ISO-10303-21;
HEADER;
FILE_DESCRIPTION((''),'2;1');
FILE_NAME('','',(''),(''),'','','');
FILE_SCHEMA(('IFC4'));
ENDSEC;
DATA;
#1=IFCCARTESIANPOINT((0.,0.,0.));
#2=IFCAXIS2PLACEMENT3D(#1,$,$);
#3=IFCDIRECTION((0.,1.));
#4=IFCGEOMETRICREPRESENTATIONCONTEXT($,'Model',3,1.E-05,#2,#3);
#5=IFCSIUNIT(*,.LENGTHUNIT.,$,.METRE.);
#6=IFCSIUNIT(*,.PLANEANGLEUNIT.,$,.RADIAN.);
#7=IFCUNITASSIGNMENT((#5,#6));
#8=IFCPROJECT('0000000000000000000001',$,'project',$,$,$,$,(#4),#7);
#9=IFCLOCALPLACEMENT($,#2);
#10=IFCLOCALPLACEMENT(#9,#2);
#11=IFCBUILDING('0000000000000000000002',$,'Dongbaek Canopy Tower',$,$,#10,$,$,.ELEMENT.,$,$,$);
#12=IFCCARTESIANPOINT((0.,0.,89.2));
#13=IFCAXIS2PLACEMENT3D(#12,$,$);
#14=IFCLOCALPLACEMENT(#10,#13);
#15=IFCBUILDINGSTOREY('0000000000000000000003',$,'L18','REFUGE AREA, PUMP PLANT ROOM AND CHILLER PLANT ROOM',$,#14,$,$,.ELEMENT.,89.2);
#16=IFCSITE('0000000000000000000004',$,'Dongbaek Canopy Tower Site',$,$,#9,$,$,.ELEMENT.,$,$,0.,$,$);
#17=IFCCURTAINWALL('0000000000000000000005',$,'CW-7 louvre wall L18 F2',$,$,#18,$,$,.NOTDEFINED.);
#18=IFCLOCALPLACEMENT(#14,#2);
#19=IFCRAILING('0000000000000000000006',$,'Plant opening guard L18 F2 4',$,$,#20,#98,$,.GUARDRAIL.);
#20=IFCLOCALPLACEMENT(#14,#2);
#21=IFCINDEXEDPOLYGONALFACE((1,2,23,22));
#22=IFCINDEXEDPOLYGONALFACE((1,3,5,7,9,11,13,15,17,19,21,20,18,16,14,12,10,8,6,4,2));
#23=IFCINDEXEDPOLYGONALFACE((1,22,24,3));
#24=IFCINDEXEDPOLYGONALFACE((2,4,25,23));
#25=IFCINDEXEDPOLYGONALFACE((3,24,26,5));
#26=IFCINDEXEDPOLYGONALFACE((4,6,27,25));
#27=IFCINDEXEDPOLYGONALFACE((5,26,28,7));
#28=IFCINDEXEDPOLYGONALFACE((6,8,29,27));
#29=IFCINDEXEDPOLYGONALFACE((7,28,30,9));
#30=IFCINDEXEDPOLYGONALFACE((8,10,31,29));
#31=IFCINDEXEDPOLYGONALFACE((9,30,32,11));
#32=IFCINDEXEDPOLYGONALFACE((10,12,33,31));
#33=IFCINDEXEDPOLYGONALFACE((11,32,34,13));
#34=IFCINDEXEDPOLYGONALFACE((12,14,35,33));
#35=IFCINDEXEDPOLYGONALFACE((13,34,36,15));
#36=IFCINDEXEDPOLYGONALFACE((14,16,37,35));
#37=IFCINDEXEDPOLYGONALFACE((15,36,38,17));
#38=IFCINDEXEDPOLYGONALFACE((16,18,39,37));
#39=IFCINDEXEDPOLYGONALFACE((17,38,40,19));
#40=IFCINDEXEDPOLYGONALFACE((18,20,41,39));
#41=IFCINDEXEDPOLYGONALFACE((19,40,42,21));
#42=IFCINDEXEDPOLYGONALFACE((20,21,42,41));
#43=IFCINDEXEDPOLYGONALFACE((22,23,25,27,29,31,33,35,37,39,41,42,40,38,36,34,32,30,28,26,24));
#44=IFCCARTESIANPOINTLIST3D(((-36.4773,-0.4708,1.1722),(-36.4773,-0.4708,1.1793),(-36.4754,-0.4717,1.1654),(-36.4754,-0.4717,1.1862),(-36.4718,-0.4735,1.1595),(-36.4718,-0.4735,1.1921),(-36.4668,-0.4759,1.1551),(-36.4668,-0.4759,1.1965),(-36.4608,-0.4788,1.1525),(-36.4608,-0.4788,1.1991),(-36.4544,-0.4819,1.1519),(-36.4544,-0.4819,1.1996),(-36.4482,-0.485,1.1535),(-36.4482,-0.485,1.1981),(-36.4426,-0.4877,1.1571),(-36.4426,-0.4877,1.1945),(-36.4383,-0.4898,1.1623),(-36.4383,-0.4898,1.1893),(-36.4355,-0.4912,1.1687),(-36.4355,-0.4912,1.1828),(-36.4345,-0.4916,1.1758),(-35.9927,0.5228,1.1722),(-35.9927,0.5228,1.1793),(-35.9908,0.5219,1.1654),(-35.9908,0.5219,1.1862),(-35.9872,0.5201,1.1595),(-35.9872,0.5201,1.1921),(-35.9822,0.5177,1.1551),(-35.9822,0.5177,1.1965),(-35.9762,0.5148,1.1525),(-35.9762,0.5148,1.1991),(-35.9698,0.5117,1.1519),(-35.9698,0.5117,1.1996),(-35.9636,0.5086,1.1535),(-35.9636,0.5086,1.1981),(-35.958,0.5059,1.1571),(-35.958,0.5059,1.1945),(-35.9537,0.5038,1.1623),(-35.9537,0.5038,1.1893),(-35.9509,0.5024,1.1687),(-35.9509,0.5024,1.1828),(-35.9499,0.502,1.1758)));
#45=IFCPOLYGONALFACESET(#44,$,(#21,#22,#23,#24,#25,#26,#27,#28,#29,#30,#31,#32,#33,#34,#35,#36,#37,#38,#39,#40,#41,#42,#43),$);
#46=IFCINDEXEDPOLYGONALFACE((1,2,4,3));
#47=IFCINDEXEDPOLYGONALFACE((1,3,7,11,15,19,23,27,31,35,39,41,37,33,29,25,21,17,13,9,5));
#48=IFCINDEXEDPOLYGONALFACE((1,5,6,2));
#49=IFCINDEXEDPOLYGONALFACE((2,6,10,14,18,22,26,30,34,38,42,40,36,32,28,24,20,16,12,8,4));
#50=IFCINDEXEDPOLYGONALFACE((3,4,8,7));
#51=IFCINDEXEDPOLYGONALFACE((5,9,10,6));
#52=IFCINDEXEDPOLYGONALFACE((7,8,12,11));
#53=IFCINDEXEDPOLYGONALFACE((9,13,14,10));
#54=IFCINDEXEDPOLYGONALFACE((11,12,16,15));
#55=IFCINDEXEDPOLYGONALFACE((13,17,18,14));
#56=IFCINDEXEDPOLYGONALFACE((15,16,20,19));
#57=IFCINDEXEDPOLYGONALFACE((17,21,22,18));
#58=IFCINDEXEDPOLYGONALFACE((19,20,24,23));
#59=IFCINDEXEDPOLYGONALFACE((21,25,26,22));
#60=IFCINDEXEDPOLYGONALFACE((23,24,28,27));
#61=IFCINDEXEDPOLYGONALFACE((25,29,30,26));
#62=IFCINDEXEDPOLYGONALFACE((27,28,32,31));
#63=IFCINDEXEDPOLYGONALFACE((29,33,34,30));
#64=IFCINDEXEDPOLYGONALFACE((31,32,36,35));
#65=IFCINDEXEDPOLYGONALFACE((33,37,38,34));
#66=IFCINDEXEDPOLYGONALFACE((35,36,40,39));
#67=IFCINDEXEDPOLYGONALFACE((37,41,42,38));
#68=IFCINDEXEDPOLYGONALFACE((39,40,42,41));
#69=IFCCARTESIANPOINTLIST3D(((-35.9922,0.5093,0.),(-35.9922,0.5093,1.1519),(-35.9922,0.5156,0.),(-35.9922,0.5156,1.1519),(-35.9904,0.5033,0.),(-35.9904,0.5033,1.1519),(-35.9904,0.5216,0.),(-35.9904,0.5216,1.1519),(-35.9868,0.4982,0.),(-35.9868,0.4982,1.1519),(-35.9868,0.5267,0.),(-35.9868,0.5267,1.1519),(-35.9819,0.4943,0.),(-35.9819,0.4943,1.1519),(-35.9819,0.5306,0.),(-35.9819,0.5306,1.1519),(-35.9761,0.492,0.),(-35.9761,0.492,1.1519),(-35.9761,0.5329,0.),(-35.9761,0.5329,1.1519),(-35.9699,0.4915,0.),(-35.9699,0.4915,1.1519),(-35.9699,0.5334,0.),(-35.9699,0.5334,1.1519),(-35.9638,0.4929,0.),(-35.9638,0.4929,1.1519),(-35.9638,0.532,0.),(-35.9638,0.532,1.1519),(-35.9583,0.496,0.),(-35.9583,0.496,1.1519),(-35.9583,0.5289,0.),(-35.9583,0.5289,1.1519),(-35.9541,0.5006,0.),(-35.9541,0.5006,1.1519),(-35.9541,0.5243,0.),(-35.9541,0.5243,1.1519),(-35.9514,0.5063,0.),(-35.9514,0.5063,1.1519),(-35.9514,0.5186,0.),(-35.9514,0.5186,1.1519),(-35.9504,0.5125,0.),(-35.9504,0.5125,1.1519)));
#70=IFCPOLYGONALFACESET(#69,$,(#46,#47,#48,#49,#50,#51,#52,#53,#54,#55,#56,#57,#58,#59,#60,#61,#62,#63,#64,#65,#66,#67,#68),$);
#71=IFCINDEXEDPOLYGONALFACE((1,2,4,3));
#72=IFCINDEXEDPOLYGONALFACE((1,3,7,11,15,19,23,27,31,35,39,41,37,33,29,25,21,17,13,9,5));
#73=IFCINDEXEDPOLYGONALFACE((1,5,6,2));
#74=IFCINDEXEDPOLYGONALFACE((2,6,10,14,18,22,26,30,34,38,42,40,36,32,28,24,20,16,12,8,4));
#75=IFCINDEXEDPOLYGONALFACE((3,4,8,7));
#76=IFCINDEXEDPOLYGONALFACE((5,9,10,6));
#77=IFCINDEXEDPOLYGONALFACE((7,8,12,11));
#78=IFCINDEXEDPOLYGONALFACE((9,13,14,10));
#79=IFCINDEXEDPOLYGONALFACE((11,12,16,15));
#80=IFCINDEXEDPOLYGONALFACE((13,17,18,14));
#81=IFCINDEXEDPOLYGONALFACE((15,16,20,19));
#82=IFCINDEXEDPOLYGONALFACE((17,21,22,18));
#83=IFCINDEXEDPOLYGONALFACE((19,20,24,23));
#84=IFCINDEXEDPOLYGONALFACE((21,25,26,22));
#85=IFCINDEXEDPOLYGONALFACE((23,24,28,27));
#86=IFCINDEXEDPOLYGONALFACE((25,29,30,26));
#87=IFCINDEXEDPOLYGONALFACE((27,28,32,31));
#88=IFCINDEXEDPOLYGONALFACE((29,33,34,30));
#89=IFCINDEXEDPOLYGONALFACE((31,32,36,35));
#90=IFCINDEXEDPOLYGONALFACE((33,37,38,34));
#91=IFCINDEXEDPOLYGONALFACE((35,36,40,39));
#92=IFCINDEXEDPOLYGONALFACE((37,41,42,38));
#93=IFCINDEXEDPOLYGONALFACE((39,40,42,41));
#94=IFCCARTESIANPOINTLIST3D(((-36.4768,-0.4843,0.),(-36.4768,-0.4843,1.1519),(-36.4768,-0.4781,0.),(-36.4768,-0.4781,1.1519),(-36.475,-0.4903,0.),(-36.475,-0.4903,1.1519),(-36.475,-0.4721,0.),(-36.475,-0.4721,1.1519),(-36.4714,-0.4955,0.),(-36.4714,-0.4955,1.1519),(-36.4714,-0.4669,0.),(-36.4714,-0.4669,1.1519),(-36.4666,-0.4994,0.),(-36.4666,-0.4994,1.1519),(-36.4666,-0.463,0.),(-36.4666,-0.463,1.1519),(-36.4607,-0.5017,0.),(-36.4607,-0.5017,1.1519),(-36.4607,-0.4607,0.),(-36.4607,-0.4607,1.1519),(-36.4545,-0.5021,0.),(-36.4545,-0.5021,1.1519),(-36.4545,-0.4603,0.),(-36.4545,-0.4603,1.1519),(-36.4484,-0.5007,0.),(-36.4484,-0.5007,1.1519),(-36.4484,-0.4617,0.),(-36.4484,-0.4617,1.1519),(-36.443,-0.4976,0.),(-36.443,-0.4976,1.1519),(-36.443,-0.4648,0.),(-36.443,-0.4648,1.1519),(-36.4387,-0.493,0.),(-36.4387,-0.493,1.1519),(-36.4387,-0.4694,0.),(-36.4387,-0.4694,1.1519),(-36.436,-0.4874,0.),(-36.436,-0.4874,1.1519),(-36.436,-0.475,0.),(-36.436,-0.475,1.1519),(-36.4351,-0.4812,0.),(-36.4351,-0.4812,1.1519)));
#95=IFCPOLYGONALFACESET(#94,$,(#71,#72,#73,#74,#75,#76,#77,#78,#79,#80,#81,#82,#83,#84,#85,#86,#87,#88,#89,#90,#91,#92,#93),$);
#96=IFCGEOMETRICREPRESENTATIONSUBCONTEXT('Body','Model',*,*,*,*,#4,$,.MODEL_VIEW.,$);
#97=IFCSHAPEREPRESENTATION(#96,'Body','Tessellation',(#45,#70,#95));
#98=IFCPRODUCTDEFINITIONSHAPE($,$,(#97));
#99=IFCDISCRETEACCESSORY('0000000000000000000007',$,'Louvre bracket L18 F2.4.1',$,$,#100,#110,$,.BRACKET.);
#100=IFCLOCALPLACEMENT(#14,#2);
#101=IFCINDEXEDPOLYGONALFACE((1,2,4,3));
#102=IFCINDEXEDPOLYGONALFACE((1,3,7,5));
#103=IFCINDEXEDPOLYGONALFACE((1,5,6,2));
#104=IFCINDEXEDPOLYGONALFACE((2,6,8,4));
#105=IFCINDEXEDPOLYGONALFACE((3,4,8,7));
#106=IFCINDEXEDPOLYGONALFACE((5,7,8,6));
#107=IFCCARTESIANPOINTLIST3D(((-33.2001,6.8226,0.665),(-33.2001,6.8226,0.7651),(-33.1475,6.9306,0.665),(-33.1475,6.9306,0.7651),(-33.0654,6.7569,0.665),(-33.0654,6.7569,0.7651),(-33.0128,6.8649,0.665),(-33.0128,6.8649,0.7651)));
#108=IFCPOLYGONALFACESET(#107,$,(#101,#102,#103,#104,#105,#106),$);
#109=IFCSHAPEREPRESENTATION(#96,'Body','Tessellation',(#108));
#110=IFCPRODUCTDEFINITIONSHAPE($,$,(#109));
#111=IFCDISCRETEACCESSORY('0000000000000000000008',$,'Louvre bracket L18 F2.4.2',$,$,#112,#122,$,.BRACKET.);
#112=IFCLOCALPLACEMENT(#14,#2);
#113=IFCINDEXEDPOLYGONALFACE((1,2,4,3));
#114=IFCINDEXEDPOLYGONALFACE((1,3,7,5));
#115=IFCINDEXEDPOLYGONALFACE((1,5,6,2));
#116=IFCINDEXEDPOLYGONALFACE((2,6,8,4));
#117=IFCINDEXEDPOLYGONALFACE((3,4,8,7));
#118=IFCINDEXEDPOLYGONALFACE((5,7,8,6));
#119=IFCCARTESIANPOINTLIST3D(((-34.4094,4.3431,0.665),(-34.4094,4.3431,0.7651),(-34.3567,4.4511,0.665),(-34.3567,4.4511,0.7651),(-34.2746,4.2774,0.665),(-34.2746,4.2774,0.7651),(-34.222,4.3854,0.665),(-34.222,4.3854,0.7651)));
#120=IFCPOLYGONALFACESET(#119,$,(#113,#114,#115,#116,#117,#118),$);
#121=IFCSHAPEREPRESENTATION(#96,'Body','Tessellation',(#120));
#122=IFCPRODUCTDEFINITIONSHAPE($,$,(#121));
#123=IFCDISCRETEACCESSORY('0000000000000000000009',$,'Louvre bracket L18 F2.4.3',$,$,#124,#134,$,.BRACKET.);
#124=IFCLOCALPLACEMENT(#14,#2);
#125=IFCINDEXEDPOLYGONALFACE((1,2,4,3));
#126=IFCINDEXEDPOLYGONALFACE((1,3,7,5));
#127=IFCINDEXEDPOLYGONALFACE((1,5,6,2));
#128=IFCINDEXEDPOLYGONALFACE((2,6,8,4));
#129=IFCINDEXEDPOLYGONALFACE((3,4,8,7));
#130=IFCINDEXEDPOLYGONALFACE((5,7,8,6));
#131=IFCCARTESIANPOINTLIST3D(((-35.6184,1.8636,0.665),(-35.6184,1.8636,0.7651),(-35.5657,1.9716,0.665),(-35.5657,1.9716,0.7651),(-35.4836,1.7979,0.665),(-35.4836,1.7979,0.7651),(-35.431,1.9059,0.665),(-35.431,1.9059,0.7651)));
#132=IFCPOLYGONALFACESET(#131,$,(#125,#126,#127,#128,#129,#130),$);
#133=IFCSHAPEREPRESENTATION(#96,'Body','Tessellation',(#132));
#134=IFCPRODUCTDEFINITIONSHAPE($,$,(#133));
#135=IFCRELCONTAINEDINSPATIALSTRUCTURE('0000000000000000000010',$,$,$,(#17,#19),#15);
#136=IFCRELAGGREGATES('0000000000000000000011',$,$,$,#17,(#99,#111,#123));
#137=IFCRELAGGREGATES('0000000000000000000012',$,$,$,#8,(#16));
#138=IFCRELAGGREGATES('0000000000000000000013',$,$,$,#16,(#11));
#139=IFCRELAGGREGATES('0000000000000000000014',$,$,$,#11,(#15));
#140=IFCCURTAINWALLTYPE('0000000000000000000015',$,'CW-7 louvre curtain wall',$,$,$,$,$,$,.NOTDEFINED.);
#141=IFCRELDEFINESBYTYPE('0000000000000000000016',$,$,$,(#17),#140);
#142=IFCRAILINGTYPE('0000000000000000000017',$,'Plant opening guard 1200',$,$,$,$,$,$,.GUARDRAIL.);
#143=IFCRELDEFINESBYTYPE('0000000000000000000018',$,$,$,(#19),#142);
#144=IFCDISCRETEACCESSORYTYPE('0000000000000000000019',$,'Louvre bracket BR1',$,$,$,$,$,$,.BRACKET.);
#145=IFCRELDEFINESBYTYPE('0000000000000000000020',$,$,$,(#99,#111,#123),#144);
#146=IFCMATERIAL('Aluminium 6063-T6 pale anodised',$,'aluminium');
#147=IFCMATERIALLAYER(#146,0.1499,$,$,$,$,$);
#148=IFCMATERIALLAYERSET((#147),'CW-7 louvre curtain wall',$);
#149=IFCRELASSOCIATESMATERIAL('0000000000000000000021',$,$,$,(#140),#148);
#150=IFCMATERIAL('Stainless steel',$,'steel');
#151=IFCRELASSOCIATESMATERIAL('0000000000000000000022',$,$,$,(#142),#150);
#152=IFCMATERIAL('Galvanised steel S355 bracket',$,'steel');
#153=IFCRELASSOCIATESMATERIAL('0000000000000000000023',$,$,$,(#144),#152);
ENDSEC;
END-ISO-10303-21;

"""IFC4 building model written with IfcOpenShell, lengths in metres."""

from ifc_helpers import new_model, si_unit, direction, frame, origin, origin_2d, place, context, subcontext, project, spatial, rectangle, circle, extrude, material, layer, layer_set, type_object, element, aggregate, save


model = new_model("IFC4")

# Units and contexts
model_context = context("Model", 3, precision=1e-05, world=origin(), true_north=direction((0.0, 1.0)))
body_context = subcontext(model_context, "Body", "Model", "MODEL_VIEW")
ifc_project = project(units=[si_unit("LENGTHUNIT", "METRE"), si_unit("PLANEANGLEUNIT", "RADIAN")], contexts=[model_context])

# Site, building, storey
site_placement = place(None, origin())
site = spatial("IfcSite", under=ifc_project, at=site_placement, Name="Dongbaek Canopy Tower Site", CompositionType="ELEMENT", RefElevation=0.0)
building_placement = place(site_placement, origin())
building = spatial("IfcBuilding", under=site, at=building_placement, Name="Dongbaek Canopy Tower", CompositionType="ELEMENT")
storey_placement = place(building_placement, frame((0.0, 0.0, 89.2)))
storey = spatial("IfcBuildingStorey", under=building, at=storey_placement, Name="L18", Description="REFUGE AREA, PUMP PLANT ROOM AND CHILLER PLANT ROOM", CompositionType="ELEMENT", Elevation=89.2)

# Curtain wall
ifc_material_1 = material(Name="Aluminium 6063-T6 pale anodised", Category="aluminium")
ifc_layer_1 = layer(ifc_material_1, 0.1499)
ifc_layer_set_1 = layer_set([ifc_layer_1], Name="CW-7 louvre curtain wall")
curtain_wall_type = type_object("IfcCurtainWallType", Name="CW-7 louvre curtain wall", PredefinedType="NOTDEFINED", material=ifc_layer_set_1)
curtain_wall_placement = place(storey_placement, origin())
curtain_wall = element("IfcCurtainWall", 1, at=curtain_wall_placement, inside=storey, type_object=curtain_wall_type, Name="CW-7 louvre wall L18 F2", PredefinedType="NOTDEFINED")

# Railing
ifc_material_2 = material(Name="Stainless steel", Category="steel")
railing_type = type_object("IfcRailingType", Name="Plant opening guard 1200", PredefinedType="GUARDRAIL", material=ifc_material_2)
railing_1_placement = place(storey_placement, frame((-35.9714, 0.5125, 0.0)))
element("IfcRailing", 2, at=railing_1_placement, inside=storey, type_object=railing_type, Name="Plant opening guard L18 F2 4", PredefinedType="GUARDRAIL", context=body_context, shape_type="SweptSolid", body=[
    extrude(circle(Radius=0.0239, at=origin_2d()), frame((0.0, 0.0, 1.1758), z_axis=(-0.438358, -0.8988, 0.0), x_axis=(0.8988, -0.438358, 0.0)), (0.0, 0.0, 1.0), 1.1055),
    extrude(circle(Radius=0.021, at=origin_2d()), origin(), (0.0, 0.0, 1.0), 1.1519),
    extrude(circle(Radius=0.021, at=origin_2d()), frame((-0.4846, -0.9937, 0.0)), (0.0, 0.0, 1.0), 1.1519),
])

# Discrete accessories
ifc_material_3 = material(Name="Galvanised steel S355 bracket", Category="steel")
discrete_accessory_type = type_object("IfcDiscreteAccessoryType", Name="Louvre bracket BR1", PredefinedType="BRACKET", material=ifc_material_3)
discrete_accessory_1_placement = place(storey_placement, frame((-33.1064, 6.8438, 0.665), z_axis=(0.0, 0.0, 1.0), x_axis=(-0.438328, -0.898815, 0.0)))
discrete_accessory_1 = element("IfcDiscreteAccessory", 3, at=discrete_accessory_1_placement, type_object=discrete_accessory_type, Name="Louvre bracket L18 F2.4.1", PredefinedType="BRACKET", context=body_context, shape_type="SweptSolid", body=[
    extrude(rectangle(XDim=0.1201, YDim=0.1499, at=origin_2d()), origin(), (0.0, 0.0, 1.0), 0.1001),
])
discrete_accessory_2_placement = place(storey_placement, frame((-34.3157, 4.3643, 0.665), z_axis=(0.0, 0.0, 1.0), x_axis=(-0.438328, -0.898815, 0.0)))
discrete_accessory_2 = element("IfcDiscreteAccessory", 4, at=discrete_accessory_2_placement, type_object=discrete_accessory_type, Name="Louvre bracket L18 F2.4.2", PredefinedType="BRACKET", context=body_context, shape_type="SweptSolid", body=[
    extrude(rectangle(XDim=0.1201, YDim=0.1499, at=origin_2d()), origin(), (0.0, 0.0, 1.0), 0.1001),
])
discrete_accessory_3_placement = place(storey_placement, frame((-35.5247, 1.8848, 0.665), z_axis=(0.0, 0.0, 1.0), x_axis=(-0.438328, -0.898815, 0.0)))
discrete_accessory_3 = element("IfcDiscreteAccessory", 5, at=discrete_accessory_3_placement, type_object=discrete_accessory_type, Name="Louvre bracket L18 F2.4.3", PredefinedType="BRACKET", context=body_context, shape_type="SweptSolid", body=[
    extrude(rectangle(XDim=0.1201, YDim=0.1499, at=origin_2d()), origin(), (0.0, 0.0, 1.0), 0.1001),
])
aggregate(curtain_wall, [discrete_accessory_1, discrete_accessory_2, discrete_accessory_3])

save(model, "model.ifc")
